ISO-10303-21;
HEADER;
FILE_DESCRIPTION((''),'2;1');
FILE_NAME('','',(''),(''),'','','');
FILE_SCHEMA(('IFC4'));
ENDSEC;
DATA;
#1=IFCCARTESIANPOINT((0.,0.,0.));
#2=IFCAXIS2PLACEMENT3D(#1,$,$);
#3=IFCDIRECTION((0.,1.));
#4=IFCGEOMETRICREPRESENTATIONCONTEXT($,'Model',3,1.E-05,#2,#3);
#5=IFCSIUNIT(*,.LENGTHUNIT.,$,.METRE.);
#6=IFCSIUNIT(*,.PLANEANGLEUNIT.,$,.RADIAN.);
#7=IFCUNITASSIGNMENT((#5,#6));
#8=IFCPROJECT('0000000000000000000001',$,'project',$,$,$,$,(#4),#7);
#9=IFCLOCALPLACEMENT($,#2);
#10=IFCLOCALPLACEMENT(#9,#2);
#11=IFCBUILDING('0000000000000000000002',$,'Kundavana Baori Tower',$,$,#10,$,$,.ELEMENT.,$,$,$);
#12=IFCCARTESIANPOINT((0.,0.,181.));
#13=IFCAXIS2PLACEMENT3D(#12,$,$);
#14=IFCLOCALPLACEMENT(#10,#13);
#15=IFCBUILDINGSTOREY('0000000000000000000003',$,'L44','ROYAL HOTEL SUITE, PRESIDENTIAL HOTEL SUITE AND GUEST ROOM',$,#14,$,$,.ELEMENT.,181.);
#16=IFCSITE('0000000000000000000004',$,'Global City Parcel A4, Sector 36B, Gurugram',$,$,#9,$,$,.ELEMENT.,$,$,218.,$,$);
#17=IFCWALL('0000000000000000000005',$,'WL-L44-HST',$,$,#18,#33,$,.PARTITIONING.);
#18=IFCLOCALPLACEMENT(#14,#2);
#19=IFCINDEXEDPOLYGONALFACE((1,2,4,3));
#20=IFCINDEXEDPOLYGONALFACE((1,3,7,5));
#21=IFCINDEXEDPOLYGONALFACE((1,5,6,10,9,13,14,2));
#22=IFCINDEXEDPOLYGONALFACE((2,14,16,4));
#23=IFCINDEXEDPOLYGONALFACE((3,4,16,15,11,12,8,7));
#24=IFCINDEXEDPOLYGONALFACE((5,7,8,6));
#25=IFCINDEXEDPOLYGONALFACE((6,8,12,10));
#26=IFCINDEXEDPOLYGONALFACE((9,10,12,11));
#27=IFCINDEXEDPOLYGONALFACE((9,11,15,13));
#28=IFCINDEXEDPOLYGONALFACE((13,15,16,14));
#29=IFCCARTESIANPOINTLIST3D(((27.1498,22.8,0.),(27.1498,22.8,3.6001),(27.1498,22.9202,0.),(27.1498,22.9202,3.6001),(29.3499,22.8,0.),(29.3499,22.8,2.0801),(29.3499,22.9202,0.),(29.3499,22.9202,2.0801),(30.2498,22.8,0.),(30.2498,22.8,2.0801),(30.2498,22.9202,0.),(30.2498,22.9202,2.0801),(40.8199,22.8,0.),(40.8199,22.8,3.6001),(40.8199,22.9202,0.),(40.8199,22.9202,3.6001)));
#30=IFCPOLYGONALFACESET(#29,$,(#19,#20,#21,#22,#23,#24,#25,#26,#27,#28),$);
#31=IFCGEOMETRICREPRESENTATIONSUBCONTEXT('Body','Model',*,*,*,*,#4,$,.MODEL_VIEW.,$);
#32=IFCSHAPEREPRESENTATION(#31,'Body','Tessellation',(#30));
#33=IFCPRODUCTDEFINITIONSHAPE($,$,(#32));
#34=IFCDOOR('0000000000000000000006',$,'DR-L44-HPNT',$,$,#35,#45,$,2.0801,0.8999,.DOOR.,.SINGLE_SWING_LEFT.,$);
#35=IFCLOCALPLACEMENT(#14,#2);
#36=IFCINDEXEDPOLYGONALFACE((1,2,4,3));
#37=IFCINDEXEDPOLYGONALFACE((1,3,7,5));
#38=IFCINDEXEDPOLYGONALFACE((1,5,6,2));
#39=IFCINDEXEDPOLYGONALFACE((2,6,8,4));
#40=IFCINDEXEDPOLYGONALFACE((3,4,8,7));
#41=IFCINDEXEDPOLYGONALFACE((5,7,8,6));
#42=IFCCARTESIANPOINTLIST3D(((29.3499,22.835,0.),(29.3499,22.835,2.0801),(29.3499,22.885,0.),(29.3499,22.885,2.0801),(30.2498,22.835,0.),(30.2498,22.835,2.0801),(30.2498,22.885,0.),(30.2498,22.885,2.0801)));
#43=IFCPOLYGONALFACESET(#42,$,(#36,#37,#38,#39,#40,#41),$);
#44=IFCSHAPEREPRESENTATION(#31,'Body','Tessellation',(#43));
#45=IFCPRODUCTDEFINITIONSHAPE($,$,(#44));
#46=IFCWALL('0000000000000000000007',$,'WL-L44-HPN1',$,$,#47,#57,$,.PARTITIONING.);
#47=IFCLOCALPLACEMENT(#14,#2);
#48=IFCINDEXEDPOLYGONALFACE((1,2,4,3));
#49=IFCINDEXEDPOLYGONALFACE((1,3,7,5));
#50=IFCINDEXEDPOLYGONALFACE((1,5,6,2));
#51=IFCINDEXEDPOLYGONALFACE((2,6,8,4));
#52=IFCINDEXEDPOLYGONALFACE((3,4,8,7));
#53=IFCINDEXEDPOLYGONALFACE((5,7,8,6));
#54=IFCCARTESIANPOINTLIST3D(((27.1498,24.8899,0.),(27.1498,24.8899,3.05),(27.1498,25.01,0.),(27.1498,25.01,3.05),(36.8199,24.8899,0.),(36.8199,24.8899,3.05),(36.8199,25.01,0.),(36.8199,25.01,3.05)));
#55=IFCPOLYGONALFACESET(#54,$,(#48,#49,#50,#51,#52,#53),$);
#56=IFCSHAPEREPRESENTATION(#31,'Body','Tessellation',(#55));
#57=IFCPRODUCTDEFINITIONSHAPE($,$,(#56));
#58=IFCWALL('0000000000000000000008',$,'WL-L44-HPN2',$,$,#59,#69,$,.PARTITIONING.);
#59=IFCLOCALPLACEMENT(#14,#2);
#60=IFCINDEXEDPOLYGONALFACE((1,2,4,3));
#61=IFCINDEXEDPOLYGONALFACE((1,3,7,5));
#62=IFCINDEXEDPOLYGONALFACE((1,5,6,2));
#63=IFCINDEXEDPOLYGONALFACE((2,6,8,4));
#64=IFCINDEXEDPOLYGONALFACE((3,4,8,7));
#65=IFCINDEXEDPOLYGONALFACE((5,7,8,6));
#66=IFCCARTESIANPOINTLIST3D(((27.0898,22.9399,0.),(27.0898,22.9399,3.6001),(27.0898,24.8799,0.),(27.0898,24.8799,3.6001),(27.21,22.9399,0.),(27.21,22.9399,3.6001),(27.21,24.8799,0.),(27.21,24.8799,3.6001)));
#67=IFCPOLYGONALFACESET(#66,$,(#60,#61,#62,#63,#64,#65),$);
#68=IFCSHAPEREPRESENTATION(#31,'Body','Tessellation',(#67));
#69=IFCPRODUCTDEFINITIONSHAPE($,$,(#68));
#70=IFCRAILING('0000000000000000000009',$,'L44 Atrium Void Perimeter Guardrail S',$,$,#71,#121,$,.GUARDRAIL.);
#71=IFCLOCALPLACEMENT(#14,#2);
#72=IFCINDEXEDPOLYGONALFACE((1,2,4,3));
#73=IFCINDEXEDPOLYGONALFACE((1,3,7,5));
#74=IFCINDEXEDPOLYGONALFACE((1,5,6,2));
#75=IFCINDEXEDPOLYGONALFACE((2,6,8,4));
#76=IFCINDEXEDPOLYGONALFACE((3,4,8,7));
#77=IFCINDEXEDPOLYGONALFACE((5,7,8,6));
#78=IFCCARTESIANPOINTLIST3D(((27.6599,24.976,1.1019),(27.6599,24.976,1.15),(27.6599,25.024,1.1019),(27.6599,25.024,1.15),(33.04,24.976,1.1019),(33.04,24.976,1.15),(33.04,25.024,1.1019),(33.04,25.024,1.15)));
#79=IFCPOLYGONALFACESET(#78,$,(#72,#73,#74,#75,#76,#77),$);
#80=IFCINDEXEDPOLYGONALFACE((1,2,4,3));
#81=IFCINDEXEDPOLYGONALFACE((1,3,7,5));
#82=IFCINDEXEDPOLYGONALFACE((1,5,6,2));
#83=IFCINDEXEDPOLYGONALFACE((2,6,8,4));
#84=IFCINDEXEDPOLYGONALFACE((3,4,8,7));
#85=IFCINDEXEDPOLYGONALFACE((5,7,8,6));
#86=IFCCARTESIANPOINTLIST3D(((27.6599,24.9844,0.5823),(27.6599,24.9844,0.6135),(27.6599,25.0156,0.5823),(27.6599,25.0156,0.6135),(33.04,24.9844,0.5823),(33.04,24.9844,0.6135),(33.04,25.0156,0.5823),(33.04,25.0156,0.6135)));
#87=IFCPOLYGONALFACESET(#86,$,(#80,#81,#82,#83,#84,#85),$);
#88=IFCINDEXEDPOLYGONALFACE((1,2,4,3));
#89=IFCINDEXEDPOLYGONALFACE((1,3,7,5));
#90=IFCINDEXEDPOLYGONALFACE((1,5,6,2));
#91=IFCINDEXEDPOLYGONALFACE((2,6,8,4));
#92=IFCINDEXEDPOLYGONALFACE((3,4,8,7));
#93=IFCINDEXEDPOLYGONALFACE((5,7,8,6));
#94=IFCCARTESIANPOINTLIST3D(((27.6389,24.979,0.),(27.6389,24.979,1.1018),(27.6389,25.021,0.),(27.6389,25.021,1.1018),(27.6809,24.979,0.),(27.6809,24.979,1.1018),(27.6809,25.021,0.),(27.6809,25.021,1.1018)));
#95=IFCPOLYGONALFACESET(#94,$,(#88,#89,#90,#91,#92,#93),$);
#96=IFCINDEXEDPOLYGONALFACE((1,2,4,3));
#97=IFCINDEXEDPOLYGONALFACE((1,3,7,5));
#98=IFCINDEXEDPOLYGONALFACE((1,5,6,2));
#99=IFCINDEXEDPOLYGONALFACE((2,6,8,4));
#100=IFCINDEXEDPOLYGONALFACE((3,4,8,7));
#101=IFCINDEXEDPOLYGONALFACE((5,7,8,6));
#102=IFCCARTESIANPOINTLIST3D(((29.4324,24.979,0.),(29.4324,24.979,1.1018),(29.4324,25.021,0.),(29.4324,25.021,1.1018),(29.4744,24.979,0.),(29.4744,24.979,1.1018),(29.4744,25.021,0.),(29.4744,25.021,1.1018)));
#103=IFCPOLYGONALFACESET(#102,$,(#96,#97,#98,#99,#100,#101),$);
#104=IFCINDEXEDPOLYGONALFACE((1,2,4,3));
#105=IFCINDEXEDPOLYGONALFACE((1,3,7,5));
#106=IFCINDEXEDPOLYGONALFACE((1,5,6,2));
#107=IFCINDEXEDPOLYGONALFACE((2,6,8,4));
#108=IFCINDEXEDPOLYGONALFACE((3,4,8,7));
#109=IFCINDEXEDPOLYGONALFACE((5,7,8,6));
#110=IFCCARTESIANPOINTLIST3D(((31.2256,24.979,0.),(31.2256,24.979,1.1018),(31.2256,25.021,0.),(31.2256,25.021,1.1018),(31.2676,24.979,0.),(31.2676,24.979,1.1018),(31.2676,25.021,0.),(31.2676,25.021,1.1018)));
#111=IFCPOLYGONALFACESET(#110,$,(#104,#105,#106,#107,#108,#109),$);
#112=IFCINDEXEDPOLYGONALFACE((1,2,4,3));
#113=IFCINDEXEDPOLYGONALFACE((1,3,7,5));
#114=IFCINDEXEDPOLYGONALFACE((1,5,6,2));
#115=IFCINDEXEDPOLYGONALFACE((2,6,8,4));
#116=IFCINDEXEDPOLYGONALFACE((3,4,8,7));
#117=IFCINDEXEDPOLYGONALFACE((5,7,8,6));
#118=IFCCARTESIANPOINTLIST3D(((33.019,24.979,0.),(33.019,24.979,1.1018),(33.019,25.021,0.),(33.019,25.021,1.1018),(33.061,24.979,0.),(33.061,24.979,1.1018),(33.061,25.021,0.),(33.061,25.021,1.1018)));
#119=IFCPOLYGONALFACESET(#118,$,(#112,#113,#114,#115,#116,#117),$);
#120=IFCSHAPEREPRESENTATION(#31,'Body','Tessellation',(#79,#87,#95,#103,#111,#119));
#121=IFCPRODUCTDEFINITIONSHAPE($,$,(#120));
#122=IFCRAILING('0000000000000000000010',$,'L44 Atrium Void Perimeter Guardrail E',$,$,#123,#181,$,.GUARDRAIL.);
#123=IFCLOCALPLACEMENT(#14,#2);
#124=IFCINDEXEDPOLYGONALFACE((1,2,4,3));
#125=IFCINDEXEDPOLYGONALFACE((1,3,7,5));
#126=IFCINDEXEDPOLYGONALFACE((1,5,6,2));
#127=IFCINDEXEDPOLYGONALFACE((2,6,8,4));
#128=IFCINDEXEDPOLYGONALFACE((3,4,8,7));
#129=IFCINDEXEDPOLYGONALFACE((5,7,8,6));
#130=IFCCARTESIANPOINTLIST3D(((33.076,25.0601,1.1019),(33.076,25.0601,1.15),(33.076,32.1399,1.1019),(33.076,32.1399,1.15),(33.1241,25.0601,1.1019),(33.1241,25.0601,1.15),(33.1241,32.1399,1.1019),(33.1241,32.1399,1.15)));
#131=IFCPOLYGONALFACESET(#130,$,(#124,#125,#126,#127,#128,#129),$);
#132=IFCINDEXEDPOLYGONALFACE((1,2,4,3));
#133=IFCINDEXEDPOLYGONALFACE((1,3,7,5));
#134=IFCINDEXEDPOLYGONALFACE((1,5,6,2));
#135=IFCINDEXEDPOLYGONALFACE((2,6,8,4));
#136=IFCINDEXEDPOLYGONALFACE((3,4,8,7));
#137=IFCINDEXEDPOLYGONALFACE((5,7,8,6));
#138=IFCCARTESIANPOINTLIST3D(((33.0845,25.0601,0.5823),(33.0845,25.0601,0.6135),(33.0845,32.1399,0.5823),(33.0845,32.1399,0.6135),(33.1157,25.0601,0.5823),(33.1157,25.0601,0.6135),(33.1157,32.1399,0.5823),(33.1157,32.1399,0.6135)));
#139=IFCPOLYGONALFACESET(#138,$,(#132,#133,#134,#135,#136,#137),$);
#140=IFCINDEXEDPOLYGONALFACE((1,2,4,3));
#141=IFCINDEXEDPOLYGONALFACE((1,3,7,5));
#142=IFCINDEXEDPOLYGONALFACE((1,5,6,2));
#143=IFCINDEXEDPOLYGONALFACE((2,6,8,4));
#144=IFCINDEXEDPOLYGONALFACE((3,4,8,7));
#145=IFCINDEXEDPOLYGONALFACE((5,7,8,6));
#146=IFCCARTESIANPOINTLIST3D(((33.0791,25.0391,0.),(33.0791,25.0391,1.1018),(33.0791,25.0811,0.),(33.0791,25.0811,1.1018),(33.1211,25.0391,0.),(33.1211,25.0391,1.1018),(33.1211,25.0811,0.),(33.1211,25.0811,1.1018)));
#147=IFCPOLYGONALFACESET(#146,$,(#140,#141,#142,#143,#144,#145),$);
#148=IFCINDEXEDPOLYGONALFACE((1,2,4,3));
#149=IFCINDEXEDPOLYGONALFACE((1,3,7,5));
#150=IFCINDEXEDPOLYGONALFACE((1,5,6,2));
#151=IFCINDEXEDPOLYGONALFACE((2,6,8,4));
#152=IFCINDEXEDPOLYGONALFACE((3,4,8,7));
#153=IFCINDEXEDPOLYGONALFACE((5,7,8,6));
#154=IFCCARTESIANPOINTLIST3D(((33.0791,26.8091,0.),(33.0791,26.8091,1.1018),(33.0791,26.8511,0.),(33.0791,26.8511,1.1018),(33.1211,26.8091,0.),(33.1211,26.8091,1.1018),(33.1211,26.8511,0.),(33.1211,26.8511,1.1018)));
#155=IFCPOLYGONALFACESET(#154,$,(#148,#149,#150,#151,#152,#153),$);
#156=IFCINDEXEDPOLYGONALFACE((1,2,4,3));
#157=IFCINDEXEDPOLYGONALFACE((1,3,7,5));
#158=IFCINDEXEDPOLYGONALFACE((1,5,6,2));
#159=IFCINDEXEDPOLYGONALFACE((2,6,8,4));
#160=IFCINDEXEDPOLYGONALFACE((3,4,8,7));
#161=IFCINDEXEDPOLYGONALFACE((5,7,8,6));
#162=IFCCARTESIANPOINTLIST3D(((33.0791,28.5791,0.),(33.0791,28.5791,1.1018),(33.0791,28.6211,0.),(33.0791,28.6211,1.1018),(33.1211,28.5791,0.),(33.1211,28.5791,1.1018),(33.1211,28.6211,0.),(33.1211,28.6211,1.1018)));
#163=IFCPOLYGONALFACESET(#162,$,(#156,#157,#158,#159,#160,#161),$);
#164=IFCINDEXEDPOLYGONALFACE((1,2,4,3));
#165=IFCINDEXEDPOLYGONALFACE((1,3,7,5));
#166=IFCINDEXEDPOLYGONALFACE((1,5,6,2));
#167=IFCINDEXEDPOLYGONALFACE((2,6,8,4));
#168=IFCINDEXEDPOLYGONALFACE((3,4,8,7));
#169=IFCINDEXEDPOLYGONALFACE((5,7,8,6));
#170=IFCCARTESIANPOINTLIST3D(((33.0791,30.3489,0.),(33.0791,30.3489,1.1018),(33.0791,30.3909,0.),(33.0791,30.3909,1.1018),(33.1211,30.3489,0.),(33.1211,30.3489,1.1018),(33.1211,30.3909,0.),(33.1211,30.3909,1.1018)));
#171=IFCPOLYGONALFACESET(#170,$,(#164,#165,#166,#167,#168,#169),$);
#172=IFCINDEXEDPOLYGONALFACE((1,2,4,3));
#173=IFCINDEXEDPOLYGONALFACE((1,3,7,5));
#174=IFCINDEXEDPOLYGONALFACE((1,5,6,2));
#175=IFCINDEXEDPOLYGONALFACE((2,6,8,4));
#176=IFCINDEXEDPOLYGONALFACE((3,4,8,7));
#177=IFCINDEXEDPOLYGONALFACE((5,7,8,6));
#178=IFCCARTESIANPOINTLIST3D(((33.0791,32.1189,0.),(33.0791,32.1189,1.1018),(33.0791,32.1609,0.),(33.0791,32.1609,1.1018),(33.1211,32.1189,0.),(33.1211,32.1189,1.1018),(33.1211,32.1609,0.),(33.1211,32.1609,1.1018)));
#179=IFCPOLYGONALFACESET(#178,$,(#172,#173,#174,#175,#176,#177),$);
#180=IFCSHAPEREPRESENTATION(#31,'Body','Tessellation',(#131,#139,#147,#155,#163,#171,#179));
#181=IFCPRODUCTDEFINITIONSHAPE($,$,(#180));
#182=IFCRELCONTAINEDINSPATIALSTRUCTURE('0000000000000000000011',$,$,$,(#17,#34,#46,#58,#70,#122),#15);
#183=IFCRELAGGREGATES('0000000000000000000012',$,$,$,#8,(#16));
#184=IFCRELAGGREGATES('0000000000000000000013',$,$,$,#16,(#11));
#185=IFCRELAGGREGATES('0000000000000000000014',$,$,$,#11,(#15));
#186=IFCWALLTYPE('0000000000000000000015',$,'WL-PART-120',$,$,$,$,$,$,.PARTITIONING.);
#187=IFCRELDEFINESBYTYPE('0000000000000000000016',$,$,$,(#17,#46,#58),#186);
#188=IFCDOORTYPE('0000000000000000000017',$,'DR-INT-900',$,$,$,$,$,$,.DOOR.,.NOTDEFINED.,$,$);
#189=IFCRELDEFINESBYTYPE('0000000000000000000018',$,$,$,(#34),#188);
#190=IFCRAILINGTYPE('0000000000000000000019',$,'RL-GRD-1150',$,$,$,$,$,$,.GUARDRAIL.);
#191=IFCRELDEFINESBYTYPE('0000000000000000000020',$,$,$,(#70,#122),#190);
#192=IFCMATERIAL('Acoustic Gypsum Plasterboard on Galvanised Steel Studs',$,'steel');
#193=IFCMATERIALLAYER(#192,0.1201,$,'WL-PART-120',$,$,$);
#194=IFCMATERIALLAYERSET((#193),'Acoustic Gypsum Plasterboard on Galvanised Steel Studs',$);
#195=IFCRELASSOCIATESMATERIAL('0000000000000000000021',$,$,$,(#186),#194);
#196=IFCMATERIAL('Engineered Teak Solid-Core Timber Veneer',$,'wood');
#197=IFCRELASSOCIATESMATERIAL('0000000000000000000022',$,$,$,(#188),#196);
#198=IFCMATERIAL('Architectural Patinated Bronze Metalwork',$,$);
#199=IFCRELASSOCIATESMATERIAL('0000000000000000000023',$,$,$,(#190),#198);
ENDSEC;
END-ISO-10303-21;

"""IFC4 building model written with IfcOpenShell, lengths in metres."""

from ifc_helpers import new_model, si_unit, direction, frame, frame_2d, origin, origin_2d, place, context, subcontext, project, spatial, rectangle, extrude, material, layer, layer_set, type_object, element, fill, save


model = new_model("IFC4")

# Units and contexts
model_context = context("Model", 3, precision=1e-05, world=origin(), true_north=direction((0.0, 1.0)))
body_context = subcontext(model_context, "Body", "Model", "MODEL_VIEW")
ifc_project = project(units=[si_unit("LENGTHUNIT", "METRE"), si_unit("PLANEANGLEUNIT", "RADIAN")], contexts=[model_context])

# Site, building, storey
site_placement = place(None, origin())
site = spatial("IfcSite", under=ifc_project, at=site_placement, Name="Global City Parcel A4, Sector 36B, Gurugram", CompositionType="ELEMENT", RefElevation=218.0)
building_placement = place(site_placement, origin())
building = spatial("IfcBuilding", under=site, at=building_placement, Name="Kundavana Baori Tower", CompositionType="ELEMENT")
storey_placement = place(building_placement, frame((0.0, 0.0, 181.0)))
storey = spatial("IfcBuildingStorey", under=building, at=storey_placement, Name="L44", Description="ROYAL HOTEL SUITE, PRESIDENTIAL HOTEL SUITE AND GUEST ROOM", CompositionType="ELEMENT", Elevation=181.0)

# Shared definitions
ifc_material_1 = material(Name="Acoustic Gypsum Plasterboard on Galvanised Steel Studs", Category="steel")
ifc_layer = layer(ifc_material_1, 0.1201, Name="WL-PART-120")
ifc_layer_set = layer_set([ifc_layer], Name="Acoustic Gypsum Plasterboard on Galvanised Steel Studs")
wall_type = type_object("IfcWallType", Name="WL-PART-120", PredefinedType="PARTITIONING", material=ifc_layer_set)

# Wall, opening, door
wall_1_placement = place(storey_placement, frame((27.1499, 22.8601, 0.0), z_axis=(0.0, 0.0, 1.0), x_axis=(1.0, 0.0, 0.0)))
wall_1 = element("IfcWall", 1, at=wall_1_placement, inside=storey, type_object=wall_type, Name="WL-L44-HST", PredefinedType="PARTITIONING", context=body_context, shape_type="SweptSolid", body=[
    extrude(rectangle(XDim=13.6702, YDim=0.1201, at=frame_2d((6.835, 0.0))), origin(), (0.0, 0.0, 1.0), 3.6001),
])
opening_1_placement = place(wall_1_placement, frame((2.2, 0.0, 0.0)))
opening_1 = element("IfcOpeningElement", 2, at=opening_1_placement, cuts=wall_1, PredefinedType="OPENING", context=body_context, shape_type="SweptSolid", body=[
    extrude(rectangle(XDim=0.8999, YDim=2.0801, at=frame_2d((0.45, 1.04))), frame((0.0, 0.0701, 0.0), z_axis=(0.0, -1.0, 0.0), x_axis=(1.0, 0.0, 0.0)), (0.0, 0.0, 1.0), 0.1401),
])
ifc_material_2 = material(Name="Engineered Teak Solid-Core Timber Veneer", Category="wood")
door_type_1 = type_object("IfcDoorType", Name="DR-INT-900", OperationType="NOTDEFINED", PredefinedType="DOOR", material=ifc_material_2)
door_1_placement = place(opening_1_placement, origin())
door_1 = element("IfcDoor", 3, at=door_1_placement, inside=storey, type_object=door_type_1, Name="DR-L44-HPNT", OperationType="SINGLE_SWING_LEFT", OverallHeight=2.0801, OverallWidth=0.8999, PredefinedType="DOOR", context=body_context, shape_type="SweptSolid", body=[
    extrude(rectangle(XDim=0.8999, YDim=2.0801, at=frame_2d((0.45, 1.04))), frame((0.0, 0.0249, 0.0), z_axis=(0.0, -1.0, 0.0), x_axis=(1.0, 0.0, 0.0)), (0.0, 0.0, 1.0), 0.05),
])
fill(opening_1, door_1)

# Walls
wall_2_placement = place(storey_placement, frame((27.1499, 24.95, 0.0), z_axis=(0.0, 0.0, 1.0), x_axis=(1.0, 0.0, 0.0)))
element("IfcWall", 4, at=wall_2_placement, inside=storey, type_object=wall_type, Name="WL-L44-HPN1", PredefinedType="PARTITIONING", context=body_context, shape_type="SweptSolid", body=[
    extrude(rectangle(XDim=9.6702, YDim=0.1201, at=frame_2d((4.835, 0.0))), origin(), (0.0, 0.0, 1.0), 3.05),
])
wall_3_placement = place(storey_placement, frame((27.1499, 22.9399, 0.0), z_axis=(0.0, 0.0, 1.0), x_axis=(0.0, 1.0, 0.0)))
element("IfcWall", 5, at=wall_3_placement, inside=storey, type_object=wall_type, Name="WL-L44-HPN2", PredefinedType="PARTITIONING", context=body_context, shape_type="SweptSolid", body=[
    extrude(rectangle(XDim=1.9399, YDim=0.1201, at=frame_2d((0.97, 0.0))), origin(), (0.0, 0.0, 1.0), 3.6001),
])

# Railings
ifc_material_3 = material(Name="Architectural Patinated Bronze Metalwork")
railing_type = type_object("IfcRailingType", Name="RL-GRD-1150", PredefinedType="GUARDRAIL", material=ifc_material_3)
railing_1_placement = place(storey_placement, frame((27.6599, 25.0, 0.0)))
element("IfcRailing", 6, at=railing_1_placement, inside=storey, type_object=railing_type, Name="L44 Atrium Void Perimeter Guardrail S", PredefinedType="GUARDRAIL", context=body_context, shape_type="SweptSolid", body=[
    extrude(rectangle(XDim=0.0481, YDim=0.0481, at=origin_2d()), frame((0.0, 0.0, 1.126), z_axis=(1.0, 0.0, 0.0), x_axis=(0.0, 1.0, 0.0)), (0.0, 0.0, 1.0), 5.3801),
    extrude(rectangle(XDim=0.0312, YDim=0.0312, at=origin_2d()), frame((0.0, 0.0, 0.5979), z_axis=(1.0, 0.0, 0.0), x_axis=(0.0, 1.0, 0.0)), (0.0, 0.0, 1.0), 5.3801),
    extrude(rectangle(XDim=0.042, YDim=0.042, at=origin_2d()), origin(), (0.0, 0.0, 1.0), 1.1018),
    extrude(rectangle(XDim=0.042, YDim=0.042, at=origin_2d()), frame((1.7935, 0.0, 0.0)), (0.0, 0.0, 1.0), 1.1018),
    extrude(rectangle(XDim=0.042, YDim=0.042, at=origin_2d()), frame((3.5867, 0.0, 0.0)), (0.0, 0.0, 1.0), 1.1018),
    extrude(rectangle(XDim=0.042, YDim=0.042, at=origin_2d()), frame((5.3801, 0.0, 0.0)), (0.0, 0.0, 1.0), 1.1018),
])
railing_2_placement = place(storey_placement, frame((33.1001, 25.0601, 0.0)))
element("IfcRailing", 7, at=railing_2_placement, inside=storey, type_object=railing_type, Name="L44 Atrium Void Perimeter Guardrail E", PredefinedType="GUARDRAIL", context=body_context, shape_type="SweptSolid", body=[
    extrude(rectangle(XDim=0.0481, YDim=0.0481, at=origin_2d()), frame((0.0, 0.0, 1.126), z_axis=(0.0, 1.0, 0.0), x_axis=(-1.0, 0.0, 0.0)), (0.0, 0.0, 1.0), 7.0798),
    extrude(rectangle(XDim=0.0312, YDim=0.0312, at=origin_2d()), frame((0.0, 0.0, 0.5979), z_axis=(0.0, 1.0, 0.0), x_axis=(-1.0, 0.0, 0.0)), (0.0, 0.0, 1.0), 7.0798),
    extrude(rectangle(XDim=0.042, YDim=0.042, at=origin_2d()), origin(), (0.0, 0.0, 1.0), 1.1018),
    extrude(rectangle(XDim=0.042, YDim=0.042, at=origin_2d()), frame((0.0, 1.77, 0.0)), (0.0, 0.0, 1.0), 1.1018),
    extrude(rectangle(XDim=0.042, YDim=0.042, at=origin_2d()), frame((0.0, 3.54, 0.0)), (0.0, 0.0, 1.0), 1.1018),
    extrude(rectangle(XDim=0.042, YDim=0.042, at=origin_2d()), frame((0.0, 5.3098, 0.0)), (0.0, 0.0, 1.0), 1.1018),
    extrude(rectangle(XDim=0.042, YDim=0.042, at=origin_2d()), frame((0.0, 7.0798, 0.0)), (0.0, 0.0, 1.0), 1.1018),
])

save(model, "model.ifc")
